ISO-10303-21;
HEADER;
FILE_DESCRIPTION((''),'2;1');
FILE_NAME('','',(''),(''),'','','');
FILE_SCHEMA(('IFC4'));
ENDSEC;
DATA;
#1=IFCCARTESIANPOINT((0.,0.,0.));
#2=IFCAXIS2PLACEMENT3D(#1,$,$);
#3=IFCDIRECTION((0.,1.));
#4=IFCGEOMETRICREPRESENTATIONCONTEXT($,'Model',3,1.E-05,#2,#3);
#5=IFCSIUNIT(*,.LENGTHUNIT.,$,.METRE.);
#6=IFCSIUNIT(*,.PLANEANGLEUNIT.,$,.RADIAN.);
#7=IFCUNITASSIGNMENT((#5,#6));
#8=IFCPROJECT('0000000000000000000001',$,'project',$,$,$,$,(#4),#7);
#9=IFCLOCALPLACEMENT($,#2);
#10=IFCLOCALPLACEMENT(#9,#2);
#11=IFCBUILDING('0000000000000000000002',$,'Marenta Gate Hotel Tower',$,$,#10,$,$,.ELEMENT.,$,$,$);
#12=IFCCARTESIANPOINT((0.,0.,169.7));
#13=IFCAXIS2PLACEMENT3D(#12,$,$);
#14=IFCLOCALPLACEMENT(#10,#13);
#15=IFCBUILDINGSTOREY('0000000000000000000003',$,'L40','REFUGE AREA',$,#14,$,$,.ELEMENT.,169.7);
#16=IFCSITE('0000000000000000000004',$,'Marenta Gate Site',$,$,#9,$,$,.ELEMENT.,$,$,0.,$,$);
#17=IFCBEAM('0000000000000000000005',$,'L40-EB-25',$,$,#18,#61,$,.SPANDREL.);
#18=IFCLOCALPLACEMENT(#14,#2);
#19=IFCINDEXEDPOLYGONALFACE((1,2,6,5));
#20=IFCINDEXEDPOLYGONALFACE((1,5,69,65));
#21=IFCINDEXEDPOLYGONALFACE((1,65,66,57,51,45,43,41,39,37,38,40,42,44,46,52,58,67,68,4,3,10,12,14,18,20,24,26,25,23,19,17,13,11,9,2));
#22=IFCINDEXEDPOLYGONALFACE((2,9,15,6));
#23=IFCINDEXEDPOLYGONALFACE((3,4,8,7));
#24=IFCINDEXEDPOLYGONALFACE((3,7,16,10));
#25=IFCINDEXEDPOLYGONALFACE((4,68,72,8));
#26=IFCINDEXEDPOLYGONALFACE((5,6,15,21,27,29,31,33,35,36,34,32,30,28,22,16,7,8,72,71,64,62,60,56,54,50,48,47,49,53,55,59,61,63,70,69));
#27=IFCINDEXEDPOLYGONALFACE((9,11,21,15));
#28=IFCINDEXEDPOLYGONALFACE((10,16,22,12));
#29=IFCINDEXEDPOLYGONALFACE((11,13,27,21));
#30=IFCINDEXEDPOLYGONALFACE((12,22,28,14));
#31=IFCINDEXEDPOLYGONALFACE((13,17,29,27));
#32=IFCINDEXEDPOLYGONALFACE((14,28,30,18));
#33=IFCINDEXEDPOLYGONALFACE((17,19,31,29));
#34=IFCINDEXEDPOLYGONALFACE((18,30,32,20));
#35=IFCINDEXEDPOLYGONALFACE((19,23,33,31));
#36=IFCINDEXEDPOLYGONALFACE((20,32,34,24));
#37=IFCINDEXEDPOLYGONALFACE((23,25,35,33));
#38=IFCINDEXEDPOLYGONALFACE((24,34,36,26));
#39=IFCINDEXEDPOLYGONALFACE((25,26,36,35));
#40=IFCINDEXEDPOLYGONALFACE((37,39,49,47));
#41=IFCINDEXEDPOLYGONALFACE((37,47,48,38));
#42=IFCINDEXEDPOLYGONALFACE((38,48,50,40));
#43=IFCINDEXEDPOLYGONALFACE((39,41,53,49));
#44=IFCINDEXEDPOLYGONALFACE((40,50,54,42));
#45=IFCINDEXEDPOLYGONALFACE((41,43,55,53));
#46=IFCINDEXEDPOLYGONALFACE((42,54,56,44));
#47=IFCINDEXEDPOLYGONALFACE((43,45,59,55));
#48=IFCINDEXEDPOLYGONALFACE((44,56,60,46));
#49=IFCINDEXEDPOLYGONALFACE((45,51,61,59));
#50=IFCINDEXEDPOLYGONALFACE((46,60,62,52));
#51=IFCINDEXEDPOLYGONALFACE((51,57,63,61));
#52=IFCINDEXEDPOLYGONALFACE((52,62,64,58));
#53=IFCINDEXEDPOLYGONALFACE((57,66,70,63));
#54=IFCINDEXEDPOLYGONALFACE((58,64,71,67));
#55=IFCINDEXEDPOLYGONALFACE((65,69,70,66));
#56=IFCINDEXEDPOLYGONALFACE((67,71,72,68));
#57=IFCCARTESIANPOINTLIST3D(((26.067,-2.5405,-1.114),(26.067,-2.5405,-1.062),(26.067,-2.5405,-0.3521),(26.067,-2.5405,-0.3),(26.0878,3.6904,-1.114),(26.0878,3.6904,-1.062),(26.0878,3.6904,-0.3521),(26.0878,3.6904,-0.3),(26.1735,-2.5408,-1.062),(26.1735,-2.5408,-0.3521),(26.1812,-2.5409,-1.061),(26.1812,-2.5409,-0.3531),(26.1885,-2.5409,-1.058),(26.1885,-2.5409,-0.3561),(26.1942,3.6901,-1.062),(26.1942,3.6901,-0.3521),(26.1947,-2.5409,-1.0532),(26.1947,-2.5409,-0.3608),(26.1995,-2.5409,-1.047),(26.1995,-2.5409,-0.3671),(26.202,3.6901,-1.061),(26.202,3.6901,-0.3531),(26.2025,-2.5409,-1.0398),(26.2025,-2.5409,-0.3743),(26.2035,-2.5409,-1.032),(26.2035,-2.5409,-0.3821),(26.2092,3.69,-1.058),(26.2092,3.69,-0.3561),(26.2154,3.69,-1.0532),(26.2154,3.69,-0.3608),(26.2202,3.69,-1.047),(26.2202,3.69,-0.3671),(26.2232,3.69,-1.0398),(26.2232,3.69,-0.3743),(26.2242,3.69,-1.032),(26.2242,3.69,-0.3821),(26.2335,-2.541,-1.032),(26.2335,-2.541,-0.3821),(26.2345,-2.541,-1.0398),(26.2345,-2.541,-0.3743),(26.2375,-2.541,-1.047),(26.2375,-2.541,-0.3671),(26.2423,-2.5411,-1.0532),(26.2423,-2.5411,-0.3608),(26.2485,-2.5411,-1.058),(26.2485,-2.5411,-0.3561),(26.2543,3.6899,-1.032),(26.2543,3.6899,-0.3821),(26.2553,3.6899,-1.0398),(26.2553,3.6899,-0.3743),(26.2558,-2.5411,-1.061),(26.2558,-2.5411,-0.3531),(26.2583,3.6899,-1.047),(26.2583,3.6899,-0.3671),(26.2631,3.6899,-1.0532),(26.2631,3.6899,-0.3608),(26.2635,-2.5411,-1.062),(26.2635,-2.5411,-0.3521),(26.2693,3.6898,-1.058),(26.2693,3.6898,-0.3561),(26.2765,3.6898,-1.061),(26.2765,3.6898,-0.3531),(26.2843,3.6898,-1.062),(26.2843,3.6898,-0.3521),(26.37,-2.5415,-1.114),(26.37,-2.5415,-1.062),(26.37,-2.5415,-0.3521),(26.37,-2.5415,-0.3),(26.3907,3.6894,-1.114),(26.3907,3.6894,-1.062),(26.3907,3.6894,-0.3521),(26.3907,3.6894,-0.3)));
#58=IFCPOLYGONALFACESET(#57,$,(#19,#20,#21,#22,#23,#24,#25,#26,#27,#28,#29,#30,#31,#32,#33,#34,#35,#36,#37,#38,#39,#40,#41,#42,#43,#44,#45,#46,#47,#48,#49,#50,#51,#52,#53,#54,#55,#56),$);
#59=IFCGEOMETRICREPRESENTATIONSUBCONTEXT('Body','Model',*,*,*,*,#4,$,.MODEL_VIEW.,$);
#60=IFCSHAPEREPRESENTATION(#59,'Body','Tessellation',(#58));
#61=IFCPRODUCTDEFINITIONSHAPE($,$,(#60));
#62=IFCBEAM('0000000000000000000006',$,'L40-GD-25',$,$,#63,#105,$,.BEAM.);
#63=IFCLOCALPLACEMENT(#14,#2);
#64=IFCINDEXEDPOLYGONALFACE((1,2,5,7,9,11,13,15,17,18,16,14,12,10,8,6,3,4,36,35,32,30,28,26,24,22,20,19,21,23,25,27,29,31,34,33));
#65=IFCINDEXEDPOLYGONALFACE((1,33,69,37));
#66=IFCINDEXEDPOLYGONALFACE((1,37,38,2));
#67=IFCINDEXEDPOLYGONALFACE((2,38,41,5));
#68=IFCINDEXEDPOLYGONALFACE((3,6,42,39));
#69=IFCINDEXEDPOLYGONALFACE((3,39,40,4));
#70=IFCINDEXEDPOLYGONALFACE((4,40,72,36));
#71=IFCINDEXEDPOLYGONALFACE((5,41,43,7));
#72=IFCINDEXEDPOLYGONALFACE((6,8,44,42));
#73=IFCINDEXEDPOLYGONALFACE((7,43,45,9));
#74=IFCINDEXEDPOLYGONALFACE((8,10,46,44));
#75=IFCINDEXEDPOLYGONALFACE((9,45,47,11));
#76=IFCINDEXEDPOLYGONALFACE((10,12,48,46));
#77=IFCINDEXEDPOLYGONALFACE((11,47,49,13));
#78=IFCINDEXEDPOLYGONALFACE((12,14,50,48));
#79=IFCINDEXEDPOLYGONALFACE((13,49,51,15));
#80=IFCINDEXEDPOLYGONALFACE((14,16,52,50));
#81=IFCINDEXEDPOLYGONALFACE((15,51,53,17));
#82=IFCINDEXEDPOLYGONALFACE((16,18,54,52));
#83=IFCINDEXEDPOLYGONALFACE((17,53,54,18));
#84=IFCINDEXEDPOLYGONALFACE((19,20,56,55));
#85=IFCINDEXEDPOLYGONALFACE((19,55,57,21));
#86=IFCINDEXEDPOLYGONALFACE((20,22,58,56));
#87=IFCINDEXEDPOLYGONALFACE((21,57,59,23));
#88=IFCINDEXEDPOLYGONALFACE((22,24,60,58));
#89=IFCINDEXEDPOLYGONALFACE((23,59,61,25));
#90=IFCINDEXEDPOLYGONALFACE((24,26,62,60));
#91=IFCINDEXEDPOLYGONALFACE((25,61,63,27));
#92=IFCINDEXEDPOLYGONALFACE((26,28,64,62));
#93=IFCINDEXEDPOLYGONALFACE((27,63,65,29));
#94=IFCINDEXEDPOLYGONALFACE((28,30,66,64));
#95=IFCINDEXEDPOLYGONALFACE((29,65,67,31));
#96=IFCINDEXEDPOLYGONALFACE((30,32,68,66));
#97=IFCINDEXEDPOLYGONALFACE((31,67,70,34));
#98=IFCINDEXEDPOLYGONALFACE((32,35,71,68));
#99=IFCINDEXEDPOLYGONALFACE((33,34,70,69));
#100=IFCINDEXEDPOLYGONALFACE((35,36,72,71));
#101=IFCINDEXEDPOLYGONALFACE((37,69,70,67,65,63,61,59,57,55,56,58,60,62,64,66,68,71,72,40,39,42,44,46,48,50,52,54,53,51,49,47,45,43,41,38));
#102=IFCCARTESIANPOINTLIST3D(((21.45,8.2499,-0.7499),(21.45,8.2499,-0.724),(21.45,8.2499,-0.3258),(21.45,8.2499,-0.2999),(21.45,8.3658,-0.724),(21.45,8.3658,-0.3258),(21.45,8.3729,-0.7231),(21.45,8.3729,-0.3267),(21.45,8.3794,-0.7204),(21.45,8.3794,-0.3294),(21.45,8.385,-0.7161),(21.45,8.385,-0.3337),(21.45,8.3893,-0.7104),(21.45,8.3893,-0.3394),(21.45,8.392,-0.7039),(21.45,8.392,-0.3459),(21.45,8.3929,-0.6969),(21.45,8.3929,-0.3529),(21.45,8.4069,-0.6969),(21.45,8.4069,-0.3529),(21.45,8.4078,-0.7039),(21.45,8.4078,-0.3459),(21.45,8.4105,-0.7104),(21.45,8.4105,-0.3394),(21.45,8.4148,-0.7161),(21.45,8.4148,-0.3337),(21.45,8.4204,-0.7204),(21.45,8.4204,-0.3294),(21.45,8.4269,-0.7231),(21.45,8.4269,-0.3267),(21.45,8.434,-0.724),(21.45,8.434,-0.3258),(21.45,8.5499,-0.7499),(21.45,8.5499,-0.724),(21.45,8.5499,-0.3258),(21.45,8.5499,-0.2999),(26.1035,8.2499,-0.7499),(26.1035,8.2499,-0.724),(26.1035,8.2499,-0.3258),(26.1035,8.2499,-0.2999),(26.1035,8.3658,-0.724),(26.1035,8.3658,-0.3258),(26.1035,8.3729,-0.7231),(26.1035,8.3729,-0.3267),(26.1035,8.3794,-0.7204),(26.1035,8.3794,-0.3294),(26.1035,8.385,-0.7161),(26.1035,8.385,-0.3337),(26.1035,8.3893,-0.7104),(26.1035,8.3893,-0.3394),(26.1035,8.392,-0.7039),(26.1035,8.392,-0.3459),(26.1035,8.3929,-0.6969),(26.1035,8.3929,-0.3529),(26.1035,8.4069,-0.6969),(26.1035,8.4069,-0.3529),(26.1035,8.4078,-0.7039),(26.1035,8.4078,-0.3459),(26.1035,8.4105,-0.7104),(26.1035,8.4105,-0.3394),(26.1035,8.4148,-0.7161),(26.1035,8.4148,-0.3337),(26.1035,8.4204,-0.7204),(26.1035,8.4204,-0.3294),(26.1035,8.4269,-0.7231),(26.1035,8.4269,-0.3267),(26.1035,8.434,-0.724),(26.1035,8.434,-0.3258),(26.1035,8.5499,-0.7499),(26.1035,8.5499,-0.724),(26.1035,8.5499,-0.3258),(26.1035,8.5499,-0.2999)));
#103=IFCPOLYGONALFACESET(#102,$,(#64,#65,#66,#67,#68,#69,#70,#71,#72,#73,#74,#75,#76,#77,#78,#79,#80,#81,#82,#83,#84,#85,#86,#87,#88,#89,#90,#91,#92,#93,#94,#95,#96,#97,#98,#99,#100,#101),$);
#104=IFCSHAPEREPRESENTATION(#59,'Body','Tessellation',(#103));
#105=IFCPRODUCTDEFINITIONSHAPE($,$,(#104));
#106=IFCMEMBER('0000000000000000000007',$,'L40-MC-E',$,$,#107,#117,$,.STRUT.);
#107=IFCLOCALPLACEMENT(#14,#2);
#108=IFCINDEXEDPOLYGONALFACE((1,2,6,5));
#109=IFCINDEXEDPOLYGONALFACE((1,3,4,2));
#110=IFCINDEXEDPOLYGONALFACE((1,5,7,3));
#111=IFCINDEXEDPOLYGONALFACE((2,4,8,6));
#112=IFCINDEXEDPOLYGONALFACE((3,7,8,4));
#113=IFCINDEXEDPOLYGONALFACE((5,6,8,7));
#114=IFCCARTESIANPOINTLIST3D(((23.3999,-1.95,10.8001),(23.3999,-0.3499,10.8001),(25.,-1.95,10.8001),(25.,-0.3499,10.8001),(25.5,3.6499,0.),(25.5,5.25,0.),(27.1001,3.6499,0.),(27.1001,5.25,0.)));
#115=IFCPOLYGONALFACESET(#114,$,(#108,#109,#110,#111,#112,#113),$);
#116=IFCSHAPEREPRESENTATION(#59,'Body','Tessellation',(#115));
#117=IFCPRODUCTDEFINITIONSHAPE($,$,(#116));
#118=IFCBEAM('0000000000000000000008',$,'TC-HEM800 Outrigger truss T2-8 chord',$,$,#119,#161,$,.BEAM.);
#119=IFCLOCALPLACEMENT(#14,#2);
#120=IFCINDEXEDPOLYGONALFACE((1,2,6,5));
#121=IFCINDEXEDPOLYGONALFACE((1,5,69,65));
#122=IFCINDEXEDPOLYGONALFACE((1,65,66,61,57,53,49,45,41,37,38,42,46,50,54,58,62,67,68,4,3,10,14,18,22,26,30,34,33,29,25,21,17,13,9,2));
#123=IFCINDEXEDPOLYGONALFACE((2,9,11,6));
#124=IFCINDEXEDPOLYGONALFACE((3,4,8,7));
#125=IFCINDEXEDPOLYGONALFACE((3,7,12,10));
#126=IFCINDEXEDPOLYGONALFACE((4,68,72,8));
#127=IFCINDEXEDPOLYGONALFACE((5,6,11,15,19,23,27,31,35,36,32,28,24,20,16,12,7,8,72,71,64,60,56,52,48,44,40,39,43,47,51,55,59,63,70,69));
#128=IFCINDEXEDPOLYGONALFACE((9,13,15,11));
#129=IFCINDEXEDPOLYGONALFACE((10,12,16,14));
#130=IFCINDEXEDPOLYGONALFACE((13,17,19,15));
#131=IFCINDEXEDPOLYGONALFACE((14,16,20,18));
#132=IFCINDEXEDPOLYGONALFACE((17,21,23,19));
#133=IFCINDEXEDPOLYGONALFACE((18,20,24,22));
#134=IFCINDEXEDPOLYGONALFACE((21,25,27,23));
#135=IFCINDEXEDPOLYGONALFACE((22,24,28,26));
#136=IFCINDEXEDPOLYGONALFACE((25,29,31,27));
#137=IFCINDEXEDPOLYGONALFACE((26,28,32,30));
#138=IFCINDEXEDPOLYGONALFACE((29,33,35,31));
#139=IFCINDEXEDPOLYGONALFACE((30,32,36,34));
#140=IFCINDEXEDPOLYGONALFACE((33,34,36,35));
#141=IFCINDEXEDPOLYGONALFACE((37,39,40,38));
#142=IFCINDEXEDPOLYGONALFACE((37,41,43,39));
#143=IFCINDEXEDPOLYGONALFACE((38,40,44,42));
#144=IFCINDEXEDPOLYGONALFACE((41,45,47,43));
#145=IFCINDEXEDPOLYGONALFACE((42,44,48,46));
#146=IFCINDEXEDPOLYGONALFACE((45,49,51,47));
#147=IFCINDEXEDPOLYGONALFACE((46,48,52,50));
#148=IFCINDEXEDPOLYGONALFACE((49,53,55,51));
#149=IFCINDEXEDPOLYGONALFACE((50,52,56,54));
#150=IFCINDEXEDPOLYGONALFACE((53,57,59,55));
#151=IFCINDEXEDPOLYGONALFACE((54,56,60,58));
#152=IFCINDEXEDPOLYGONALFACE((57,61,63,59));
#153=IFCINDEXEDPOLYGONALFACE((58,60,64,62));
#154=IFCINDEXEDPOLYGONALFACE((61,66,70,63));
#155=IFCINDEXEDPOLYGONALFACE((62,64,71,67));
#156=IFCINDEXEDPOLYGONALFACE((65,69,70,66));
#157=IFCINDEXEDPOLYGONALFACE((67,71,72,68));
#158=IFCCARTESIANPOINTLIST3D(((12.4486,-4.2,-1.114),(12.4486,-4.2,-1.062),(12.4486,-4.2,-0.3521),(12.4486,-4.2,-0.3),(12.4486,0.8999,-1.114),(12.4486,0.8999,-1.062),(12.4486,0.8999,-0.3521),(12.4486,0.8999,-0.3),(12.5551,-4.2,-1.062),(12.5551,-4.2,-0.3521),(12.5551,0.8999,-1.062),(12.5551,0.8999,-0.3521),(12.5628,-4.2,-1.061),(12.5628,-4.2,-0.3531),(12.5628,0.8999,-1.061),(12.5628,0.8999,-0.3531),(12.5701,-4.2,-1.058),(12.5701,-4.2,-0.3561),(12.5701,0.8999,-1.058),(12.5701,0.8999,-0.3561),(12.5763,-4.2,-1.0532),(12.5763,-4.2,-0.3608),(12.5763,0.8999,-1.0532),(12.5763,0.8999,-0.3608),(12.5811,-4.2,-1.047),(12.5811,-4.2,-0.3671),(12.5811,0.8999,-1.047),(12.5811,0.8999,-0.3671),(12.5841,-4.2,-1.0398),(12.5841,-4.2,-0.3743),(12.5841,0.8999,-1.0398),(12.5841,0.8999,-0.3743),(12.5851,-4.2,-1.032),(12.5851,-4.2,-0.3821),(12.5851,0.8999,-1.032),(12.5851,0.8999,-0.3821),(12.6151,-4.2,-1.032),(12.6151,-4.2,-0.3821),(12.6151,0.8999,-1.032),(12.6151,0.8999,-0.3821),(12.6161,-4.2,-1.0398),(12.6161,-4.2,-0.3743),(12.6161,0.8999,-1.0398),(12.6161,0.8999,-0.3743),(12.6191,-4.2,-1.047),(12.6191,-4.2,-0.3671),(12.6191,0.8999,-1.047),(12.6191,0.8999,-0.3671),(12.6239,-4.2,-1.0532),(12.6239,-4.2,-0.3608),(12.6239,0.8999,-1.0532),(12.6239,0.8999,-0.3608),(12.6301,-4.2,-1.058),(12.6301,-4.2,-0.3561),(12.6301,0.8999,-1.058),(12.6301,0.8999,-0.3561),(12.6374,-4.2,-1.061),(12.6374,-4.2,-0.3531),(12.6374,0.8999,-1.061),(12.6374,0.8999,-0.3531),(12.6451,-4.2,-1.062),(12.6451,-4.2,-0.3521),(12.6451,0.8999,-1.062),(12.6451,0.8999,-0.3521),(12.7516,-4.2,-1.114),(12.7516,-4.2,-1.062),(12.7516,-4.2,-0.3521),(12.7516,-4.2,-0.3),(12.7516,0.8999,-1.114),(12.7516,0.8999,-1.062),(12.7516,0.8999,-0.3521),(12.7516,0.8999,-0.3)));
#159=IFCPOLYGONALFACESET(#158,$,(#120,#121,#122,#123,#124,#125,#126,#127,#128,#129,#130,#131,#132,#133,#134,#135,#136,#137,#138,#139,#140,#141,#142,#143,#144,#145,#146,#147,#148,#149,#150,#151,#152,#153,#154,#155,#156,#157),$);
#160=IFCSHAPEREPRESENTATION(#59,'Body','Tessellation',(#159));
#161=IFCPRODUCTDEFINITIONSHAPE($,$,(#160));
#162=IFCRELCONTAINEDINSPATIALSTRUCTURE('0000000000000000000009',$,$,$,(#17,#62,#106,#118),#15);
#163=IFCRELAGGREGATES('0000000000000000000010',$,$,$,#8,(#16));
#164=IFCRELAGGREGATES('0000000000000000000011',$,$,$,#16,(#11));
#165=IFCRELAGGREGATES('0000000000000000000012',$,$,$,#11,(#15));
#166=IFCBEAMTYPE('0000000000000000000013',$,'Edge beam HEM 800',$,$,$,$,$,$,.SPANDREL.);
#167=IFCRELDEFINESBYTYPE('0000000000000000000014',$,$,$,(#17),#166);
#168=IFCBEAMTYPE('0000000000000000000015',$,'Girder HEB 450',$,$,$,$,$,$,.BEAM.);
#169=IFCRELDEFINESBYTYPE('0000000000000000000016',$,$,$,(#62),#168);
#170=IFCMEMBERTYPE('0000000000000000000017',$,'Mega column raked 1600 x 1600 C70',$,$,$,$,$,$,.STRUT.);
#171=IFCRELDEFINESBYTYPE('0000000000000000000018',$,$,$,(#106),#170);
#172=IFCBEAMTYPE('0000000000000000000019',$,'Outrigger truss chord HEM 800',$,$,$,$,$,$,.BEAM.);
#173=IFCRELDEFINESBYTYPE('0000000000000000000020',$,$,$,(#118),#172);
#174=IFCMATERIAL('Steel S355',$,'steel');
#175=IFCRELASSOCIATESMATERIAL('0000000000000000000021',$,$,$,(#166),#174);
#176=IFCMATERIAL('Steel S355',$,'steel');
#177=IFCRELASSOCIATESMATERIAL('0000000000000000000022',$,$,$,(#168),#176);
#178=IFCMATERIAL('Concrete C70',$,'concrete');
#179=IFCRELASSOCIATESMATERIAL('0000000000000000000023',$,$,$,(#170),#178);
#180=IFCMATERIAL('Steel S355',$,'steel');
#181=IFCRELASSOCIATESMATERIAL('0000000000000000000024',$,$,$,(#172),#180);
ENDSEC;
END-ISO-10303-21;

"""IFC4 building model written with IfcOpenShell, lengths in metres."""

from ifc_helpers import new_model, si_unit, direction, frame, origin, origin_2d, place, context, subcontext, project, spatial, rectangle, i_section, extrude, material, material_profile, profile_set, type_object, element, save


model = new_model("IFC4")

# Units and contexts
model_context = context("Model", 3, precision=1e-05, world=origin(), true_north=direction((0.0, 1.0)))
body_context = subcontext(model_context, "Body", "Model", "MODEL_VIEW")
ifc_project = project(units=[si_unit("LENGTHUNIT", "METRE"), si_unit("PLANEANGLEUNIT", "RADIAN")], contexts=[model_context])

# Site, building, storey
site_placement = place(None, origin())
site = spatial("IfcSite", under=ifc_project, at=site_placement, Name="Marenta Gate Site", CompositionType="ELEMENT", RefElevation=0.0)
building_placement = place(site_placement, origin())
building = spatial("IfcBuilding", under=site, at=building_placement, Name="Marenta Gate Hotel Tower", CompositionType="ELEMENT")
storey_placement = place(building_placement, frame((0.0, 0.0, 169.7)))
storey = spatial("IfcBuildingStorey", under=building, at=storey_placement, Name="L40", Description="REFUGE AREA", CompositionType="ELEMENT", Elevation=169.7)

# Beams
ifc_material_1 = material(Name="Steel S355", Category="steel")
ifc_material_profile_1 = material_profile(ifc_material_1, i_section(OverallWidth=0.303, OverallDepth=0.814, WebThickness=0.03, FlangeThickness=0.052, FilletRadius=0.03, at=origin_2d()), Name="HEM 800")
ifc_profile_set_1 = profile_set([ifc_material_profile_1], Name="Steel S355")
beam_type_1 = type_object("IfcBeamType", Name="Edge beam HEM 800", PredefinedType="SPANDREL", material=ifc_profile_set_1)
beam_1_placement = place(storey_placement, frame((26.2393, 3.6899, -0.707), z_axis=(-0.00333, -0.999994, 0.0), x_axis=(0.999994, -0.00333, 0.0)))
element("IfcBeam", 1, at=beam_1_placement, inside=storey, type_object=beam_type_1, Name="L40-EB-25", PredefinedType="SPANDREL", context=body_context, shape_type="SweptSolid", body=[
    extrude(i_section(OverallWidth=0.303, OverallDepth=0.814, WebThickness=0.03, FlangeThickness=0.052, FilletRadius=0.03, at=origin_2d()), origin(), (0.0, 0.0, 1.0), 6.231),
])
ifc_material_2 = material(Name="Steel S355", Category="steel")
ifc_material_profile_2 = material_profile(ifc_material_2, i_section(OverallWidth=0.3, OverallDepth=0.45, WebThickness=0.0139, FlangeThickness=0.0259, FilletRadius=0.0271, at=origin_2d()), Name="HEB 450")
ifc_profile_set_2 = profile_set([ifc_material_profile_2], Name="Steel S355")
beam_type_2 = type_object("IfcBeamType", Name="Girder HEB 450", PredefinedType="BEAM", material=ifc_profile_set_2)
beam_2_placement = place(storey_placement, frame((21.45, 8.3999, -0.5249), z_axis=(1.0, 0.0, 0.0), x_axis=(0.0, 1.0, 0.0)))
element("IfcBeam", 2, at=beam_2_placement, inside=storey, type_object=beam_type_2, Name="L40-GD-25", PredefinedType="BEAM", context=body_context, shape_type="SweptSolid", body=[
    extrude(i_section(OverallWidth=0.3, OverallDepth=0.45, WebThickness=0.0139, FlangeThickness=0.0259, FilletRadius=0.0271, at=origin_2d()), origin(), (0.0, 0.0, 1.0), 4.6536),
])

# Member
ifc_material_3 = material(Name="Concrete C70", Category="concrete")
ifc_material_profile_3 = material_profile(ifc_material_3, rectangle(XDim=1.6001, YDim=1.6001, at=origin_2d()), Name="1600 x 1600")
ifc_profile_set_3 = profile_set([ifc_material_profile_3], Name="Concrete C70")
member_type_1 = type_object("IfcMemberType", Name="Mega column raked 1600 x 1600 C70", PredefinedType="STRUT", material=ifc_profile_set_3)
member_1_placement = place(storey_placement, frame((26.3, 4.45, 0.0), z_axis=(0.0, 0.0, 1.0), x_axis=(1.0, 0.0, 0.0)))
element("IfcMember", 3, at=member_1_placement, inside=storey, type_object=member_type_1, Name="L40-MC-E", PredefinedType="STRUT", context=body_context, shape_type="SweptSolid", body=[
    extrude(rectangle(XDim=1.6001, YDim=1.6001, at=origin_2d()), origin(), (-0.170111, -0.453597, 0.874821), 12.3455),
])

# Beam
ifc_material_4 = material(Name="Steel S355", Category="steel")
ifc_material_profile_4 = material_profile(ifc_material_4, i_section(OverallWidth=0.303, OverallDepth=0.814, WebThickness=0.03, FlangeThickness=0.052, FilletRadius=0.03, at=origin_2d()), Name="HEM 800")
ifc_profile_set_4 = profile_set([ifc_material_profile_4], Name="Steel S355")
beam_type_3 = type_object("IfcBeamType", Name="Outrigger truss chord HEM 800", PredefinedType="BEAM", material=ifc_profile_set_4)
for number, where, z_axis, x_axis, name in (
    (4, (12.6001, 0.8999, -0.707), (0.0, -1.0, 0.0), (1.0, 0.0, 0.0), "TC-HEM800 Outrigger truss T2-8 chord"),
):
    element("IfcBeam", number, at=place(storey_placement, frame(where, z_axis=z_axis, x_axis=x_axis)), inside=storey, type_object=beam_type_3, Name=name, PredefinedType="BEAM", context=body_context, shape_type="SweptSolid", body=[
        extrude(i_section(OverallWidth=0.303, OverallDepth=0.814, WebThickness=0.03, FlangeThickness=0.052, FilletRadius=0.03, at=origin_2d()), origin(), (0.0, 0.0, 1.0), 5.0999),
    ])

save(model, "model.ifc")
